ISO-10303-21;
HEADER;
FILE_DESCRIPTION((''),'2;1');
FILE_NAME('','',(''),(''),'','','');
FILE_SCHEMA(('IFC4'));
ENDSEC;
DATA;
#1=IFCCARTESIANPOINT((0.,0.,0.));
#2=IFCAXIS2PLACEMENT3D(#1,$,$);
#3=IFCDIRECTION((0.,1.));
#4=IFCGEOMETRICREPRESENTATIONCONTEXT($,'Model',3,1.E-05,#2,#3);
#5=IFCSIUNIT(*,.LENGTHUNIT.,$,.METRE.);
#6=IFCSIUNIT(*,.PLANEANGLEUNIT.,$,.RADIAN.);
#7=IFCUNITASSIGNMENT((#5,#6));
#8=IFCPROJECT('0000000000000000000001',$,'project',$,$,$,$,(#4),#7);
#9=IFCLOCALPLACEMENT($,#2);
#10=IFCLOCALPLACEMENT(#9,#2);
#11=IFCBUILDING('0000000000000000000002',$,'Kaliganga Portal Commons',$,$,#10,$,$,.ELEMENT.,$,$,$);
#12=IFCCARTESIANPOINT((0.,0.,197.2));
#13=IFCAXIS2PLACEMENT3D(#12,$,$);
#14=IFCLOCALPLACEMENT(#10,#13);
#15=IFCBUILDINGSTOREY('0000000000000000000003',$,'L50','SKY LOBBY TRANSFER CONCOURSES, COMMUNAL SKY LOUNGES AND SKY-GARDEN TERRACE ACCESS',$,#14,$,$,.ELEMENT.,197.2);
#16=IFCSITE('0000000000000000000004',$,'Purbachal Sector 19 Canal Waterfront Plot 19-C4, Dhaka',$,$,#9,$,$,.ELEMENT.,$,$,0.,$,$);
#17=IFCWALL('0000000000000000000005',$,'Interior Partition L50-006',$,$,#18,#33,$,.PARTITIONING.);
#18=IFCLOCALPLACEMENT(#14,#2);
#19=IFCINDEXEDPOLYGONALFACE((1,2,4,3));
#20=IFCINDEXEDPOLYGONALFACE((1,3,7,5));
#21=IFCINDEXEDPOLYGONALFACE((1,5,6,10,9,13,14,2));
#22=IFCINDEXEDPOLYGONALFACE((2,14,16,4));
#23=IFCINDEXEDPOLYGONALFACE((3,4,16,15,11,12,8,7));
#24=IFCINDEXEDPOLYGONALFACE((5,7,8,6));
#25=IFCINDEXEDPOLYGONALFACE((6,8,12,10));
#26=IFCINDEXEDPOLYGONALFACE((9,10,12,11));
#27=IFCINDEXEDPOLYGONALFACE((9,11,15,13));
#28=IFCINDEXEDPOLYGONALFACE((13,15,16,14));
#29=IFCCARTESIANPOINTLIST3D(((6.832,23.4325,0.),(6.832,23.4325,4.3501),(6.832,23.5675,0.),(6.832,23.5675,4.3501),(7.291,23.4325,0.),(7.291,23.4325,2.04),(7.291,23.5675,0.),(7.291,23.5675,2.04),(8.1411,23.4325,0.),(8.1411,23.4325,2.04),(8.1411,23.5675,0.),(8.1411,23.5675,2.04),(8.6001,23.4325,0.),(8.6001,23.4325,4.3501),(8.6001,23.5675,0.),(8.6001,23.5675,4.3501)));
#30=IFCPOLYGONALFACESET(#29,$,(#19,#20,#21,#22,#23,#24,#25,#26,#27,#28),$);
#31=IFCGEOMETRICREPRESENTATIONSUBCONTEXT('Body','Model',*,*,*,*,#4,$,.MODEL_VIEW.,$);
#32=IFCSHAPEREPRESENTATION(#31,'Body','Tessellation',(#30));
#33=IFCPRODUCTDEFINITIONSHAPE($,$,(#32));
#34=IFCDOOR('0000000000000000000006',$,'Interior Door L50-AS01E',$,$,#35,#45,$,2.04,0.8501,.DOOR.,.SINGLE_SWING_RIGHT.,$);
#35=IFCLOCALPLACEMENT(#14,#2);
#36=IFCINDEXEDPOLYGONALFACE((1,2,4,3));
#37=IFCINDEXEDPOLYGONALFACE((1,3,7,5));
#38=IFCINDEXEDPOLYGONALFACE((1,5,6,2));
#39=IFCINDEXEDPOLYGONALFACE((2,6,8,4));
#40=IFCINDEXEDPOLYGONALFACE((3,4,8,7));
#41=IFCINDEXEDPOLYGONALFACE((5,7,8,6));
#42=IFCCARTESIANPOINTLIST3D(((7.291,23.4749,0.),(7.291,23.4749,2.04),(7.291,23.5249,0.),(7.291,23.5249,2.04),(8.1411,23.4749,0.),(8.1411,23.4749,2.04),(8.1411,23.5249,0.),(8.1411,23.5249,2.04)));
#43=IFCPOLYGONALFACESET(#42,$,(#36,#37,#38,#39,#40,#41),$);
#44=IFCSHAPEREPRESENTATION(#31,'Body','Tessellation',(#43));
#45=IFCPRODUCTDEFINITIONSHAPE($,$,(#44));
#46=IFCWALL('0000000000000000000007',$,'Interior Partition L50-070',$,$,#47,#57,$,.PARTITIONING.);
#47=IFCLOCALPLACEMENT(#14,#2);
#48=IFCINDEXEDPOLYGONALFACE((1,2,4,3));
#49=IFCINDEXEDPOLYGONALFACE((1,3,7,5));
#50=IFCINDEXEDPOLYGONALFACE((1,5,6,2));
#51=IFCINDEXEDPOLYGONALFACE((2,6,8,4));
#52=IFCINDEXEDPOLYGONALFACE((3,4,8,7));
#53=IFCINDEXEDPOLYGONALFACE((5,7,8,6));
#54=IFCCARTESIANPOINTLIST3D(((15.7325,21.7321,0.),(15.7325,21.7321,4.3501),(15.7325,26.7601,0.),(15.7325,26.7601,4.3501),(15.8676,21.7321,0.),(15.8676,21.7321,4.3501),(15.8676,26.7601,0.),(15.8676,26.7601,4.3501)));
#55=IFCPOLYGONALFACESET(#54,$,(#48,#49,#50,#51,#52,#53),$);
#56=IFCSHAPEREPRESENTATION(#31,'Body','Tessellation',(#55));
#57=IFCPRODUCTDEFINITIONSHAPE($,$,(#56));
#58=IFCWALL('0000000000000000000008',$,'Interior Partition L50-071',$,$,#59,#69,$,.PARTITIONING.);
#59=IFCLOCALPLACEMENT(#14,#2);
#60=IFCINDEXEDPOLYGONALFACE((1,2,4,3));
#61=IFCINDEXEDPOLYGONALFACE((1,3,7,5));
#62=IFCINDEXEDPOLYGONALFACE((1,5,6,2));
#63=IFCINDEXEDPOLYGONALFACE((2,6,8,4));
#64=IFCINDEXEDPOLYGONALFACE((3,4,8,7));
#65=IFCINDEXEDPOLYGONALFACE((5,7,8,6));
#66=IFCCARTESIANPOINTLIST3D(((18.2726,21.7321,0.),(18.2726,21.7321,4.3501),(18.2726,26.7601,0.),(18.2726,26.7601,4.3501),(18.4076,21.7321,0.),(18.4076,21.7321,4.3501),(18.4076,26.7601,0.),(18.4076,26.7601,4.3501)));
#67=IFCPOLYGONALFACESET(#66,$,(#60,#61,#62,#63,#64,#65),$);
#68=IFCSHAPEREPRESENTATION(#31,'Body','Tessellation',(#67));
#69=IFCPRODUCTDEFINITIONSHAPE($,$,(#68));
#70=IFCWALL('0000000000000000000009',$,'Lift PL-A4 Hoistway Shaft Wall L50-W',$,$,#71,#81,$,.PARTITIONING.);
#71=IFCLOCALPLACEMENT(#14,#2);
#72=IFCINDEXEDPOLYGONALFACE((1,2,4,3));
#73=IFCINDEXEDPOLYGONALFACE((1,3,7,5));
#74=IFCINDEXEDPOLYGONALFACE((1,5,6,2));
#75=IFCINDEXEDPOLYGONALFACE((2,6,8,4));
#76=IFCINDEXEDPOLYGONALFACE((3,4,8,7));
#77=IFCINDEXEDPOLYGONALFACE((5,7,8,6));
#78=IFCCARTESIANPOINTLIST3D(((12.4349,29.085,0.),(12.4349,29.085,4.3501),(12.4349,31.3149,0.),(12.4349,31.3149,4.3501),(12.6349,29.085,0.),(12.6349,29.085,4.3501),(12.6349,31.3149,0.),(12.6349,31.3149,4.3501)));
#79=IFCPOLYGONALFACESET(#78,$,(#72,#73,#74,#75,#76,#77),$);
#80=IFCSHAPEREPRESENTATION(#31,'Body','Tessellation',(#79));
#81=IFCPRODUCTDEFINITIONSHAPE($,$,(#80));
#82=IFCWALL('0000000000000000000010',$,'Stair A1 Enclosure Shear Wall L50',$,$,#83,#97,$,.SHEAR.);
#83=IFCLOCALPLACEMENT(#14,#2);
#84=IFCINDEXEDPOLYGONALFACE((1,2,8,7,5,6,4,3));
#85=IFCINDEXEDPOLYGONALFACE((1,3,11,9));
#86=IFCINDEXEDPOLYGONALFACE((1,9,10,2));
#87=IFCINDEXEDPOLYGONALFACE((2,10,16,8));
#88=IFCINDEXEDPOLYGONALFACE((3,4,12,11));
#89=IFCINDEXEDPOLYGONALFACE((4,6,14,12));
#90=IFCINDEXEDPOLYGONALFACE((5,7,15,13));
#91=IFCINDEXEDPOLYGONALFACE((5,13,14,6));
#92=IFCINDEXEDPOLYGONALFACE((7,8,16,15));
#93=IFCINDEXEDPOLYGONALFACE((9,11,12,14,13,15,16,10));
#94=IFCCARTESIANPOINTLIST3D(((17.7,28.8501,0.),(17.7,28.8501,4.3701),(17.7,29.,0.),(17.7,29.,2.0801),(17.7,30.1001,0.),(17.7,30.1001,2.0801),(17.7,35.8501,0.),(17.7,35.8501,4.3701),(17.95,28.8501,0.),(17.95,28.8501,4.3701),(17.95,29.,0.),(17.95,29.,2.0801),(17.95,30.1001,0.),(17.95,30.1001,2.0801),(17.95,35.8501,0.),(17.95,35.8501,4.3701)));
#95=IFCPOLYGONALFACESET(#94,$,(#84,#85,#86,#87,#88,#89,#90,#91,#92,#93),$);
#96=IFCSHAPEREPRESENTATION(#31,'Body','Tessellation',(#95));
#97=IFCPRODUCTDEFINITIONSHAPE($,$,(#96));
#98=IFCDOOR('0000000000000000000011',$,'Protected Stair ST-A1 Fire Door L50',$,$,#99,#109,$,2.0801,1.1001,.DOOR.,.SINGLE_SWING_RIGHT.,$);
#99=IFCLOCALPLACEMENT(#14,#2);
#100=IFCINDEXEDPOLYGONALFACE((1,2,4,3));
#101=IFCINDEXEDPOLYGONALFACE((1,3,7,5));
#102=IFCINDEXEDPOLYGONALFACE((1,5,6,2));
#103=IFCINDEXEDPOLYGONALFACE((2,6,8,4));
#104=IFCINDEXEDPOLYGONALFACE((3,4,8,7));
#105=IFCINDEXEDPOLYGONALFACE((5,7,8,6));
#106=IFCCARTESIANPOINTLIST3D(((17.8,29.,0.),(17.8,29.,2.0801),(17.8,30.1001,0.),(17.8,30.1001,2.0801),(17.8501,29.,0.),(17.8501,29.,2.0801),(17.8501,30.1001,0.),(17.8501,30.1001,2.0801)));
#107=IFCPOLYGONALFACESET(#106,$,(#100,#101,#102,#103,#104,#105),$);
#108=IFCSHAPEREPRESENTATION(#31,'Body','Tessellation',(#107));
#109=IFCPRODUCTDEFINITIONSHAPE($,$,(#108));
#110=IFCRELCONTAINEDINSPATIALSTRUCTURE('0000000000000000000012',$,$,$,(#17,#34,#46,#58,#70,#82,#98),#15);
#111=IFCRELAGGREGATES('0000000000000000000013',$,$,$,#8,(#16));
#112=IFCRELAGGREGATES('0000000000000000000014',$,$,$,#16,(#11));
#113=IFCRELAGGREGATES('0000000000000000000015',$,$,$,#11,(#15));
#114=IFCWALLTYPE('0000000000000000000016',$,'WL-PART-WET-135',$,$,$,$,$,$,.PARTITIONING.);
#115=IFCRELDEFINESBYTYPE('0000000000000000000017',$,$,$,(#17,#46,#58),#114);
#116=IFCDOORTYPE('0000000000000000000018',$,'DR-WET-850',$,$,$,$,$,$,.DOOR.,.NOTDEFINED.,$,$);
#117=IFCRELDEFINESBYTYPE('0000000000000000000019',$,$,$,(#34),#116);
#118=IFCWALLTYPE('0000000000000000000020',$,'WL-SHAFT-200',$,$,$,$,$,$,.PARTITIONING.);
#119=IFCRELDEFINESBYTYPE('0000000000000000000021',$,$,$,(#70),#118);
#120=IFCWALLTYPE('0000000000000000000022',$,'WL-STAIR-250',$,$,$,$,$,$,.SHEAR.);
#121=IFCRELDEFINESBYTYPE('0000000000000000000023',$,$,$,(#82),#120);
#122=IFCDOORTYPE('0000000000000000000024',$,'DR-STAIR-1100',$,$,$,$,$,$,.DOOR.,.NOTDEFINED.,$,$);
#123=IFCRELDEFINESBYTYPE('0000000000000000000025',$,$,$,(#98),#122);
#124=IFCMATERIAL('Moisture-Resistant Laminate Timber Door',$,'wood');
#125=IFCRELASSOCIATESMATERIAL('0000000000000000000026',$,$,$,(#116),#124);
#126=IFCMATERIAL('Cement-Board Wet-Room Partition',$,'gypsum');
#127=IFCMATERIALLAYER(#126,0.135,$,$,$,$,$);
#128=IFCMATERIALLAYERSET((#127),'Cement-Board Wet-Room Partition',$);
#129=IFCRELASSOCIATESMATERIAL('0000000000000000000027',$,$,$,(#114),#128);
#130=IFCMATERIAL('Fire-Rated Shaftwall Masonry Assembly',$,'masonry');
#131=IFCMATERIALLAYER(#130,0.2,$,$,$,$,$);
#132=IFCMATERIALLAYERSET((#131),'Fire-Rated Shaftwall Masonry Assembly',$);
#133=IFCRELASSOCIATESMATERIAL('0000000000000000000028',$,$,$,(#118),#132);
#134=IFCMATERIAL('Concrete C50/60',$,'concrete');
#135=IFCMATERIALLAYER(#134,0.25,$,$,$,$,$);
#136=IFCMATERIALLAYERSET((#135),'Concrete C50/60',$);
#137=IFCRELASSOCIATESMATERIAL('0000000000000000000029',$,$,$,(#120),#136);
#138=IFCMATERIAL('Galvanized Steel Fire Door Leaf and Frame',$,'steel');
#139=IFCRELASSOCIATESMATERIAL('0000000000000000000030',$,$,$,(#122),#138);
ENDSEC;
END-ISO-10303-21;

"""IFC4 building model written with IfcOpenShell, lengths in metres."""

from ifc_helpers import new_model, si_unit, direction, frame, frame_2d, origin, place, context, subcontext, project, spatial, rectangle, extrude, material, layer, layer_set, type_object, element, fill, save


model = new_model("IFC4")

# Units and contexts
model_context = context("Model", 3, precision=1e-05, world=origin(), true_north=direction((0.0, 1.0)))
body_context = subcontext(model_context, "Body", "Model", "MODEL_VIEW")
ifc_project = project(units=[si_unit("LENGTHUNIT", "METRE"), si_unit("PLANEANGLEUNIT", "RADIAN")], contexts=[model_context])

# Site, building, storey
site_placement = place(None, origin())
site = spatial("IfcSite", under=ifc_project, at=site_placement, Name="Purbachal Sector 19 Canal Waterfront Plot 19-C4, Dhaka", CompositionType="ELEMENT", RefElevation=0.0)
building_placement = place(site_placement, origin())
building = spatial("IfcBuilding", under=site, at=building_placement, Name="Kaliganga Portal Commons", CompositionType="ELEMENT")
storey_placement = place(building_placement, frame((0.0, 0.0, 197.2)))
storey = spatial("IfcBuildingStorey", under=building, at=storey_placement, Name="L50", Description="SKY LOBBY TRANSFER CONCOURSES, COMMUNAL SKY LOUNGES AND SKY-GARDEN TERRACE ACCESS", CompositionType="ELEMENT", Elevation=197.2)

# Shared definitions
ifc_material_1 = material(Name="Concrete C50/60", Category="concrete")

# Shared definitions
ifc_material_2 = material(Name="Moisture-Resistant Laminate Timber Door", Category="wood")
door_type_1 = type_object("IfcDoorType", Name="DR-WET-850", OperationType="NOTDEFINED", PredefinedType="DOOR", material=ifc_material_2)

# Wall, opening, door
ifc_material_3 = material(Name="Cement-Board Wet-Room Partition", Category="gypsum")
ifc_layer_1 = layer(ifc_material_3, 0.135)
ifc_layer_set_1 = layer_set([ifc_layer_1], Name="Cement-Board Wet-Room Partition")
wall_type_1 = type_object("IfcWallType", Name="WL-PART-WET-135", PredefinedType="PARTITIONING", material=ifc_layer_set_1)
wall_1_placement = place(storey_placement, frame((6.832, 23.5, 0.0), z_axis=(0.0, 0.0, 1.0), x_axis=(1.0, 0.0, 0.0)))
wall_1 = element("IfcWall", 1, at=wall_1_placement, inside=storey, type_object=wall_type_1, Name="Interior Partition L50-006", PredefinedType="PARTITIONING", context=body_context, shape_type="SweptSolid", body=[
    extrude(rectangle(XDim=1.7681, YDim=0.135, at=frame_2d((0.884, 0.0))), origin(), (0.0, 0.0, 1.0), 4.3501),
])
opening_1_placement = place(wall_1_placement, frame((0.459, 0.0, 0.0)))
opening_1 = element("IfcOpeningElement", 2, at=opening_1_placement, cuts=wall_1, PredefinedType="OPENING", context=body_context, shape_type="SweptSolid", body=[
    extrude(rectangle(XDim=0.8501, YDim=2.04, at=frame_2d((0.425, 1.02))), frame((0.0, 0.0776, 0.0), z_axis=(0.0, -1.0, 0.0), x_axis=(1.0, 0.0, 0.0)), (0.0, 0.0, 1.0), 0.155),
])
door_1_placement = place(opening_1_placement, origin())
door_1 = element("IfcDoor", 3, at=door_1_placement, inside=storey, type_object=door_type_1, Name="Interior Door L50-AS01E", OperationType="SINGLE_SWING_RIGHT", OverallHeight=2.04, OverallWidth=0.8501, PredefinedType="DOOR", context=body_context, shape_type="SweptSolid", body=[
    extrude(rectangle(XDim=0.8501, YDim=2.04, at=frame_2d((0.425, 1.02))), frame((0.0, 0.0249, 0.0), z_axis=(0.0, -1.0, 0.0), x_axis=(1.0, 0.0, 0.0)), (0.0, 0.0, 1.0), 0.05),
])
fill(opening_1, door_1)

# Walls
for number, where, z_axis, x_axis, name in (
    (4, (15.8, 21.7319, 0.0), (0.0, 0.0, 1.0), (0.0, 1.0, 0.0), "Interior Partition L50-070"),
    (5, (18.3401, 21.7319, 0.0), (0.0, 0.0, 1.0), (0.0, 1.0, 0.0), "Interior Partition L50-071"),
):
    element("IfcWall", number, at=place(storey_placement, frame(where, z_axis=z_axis, x_axis=x_axis)), inside=storey, type_object=wall_type_1, Name=name, PredefinedType="PARTITIONING", context=body_context, shape_type="SweptSolid", body=[
        extrude(rectangle(XDim=5.0281, YDim=0.135, at=frame_2d((2.5142, 0.0))), origin(), (0.0, 0.0, 1.0), 4.3501),
    ])
ifc_material_4 = material(Name="Fire-Rated Shaftwall Masonry Assembly", Category="masonry")
ifc_layer_2 = layer(ifc_material_4, 0.2)
ifc_layer_set_2 = layer_set([ifc_layer_2], Name="Fire-Rated Shaftwall Masonry Assembly")
wall_type_2 = type_object("IfcWallType", Name="WL-SHAFT-200", PredefinedType="PARTITIONING", material=ifc_layer_set_2)
wall_2_placement = place(storey_placement, frame((12.5349, 29.085, 0.0), z_axis=(0.0, 0.0, 1.0), x_axis=(0.0, 1.0, 0.0)))
element("IfcWall", 6, at=wall_2_placement, inside=storey, type_object=wall_type_2, Name="Lift PL-A4 Hoistway Shaft Wall L50-W", PredefinedType="PARTITIONING", context=body_context, shape_type="SweptSolid", body=[
    extrude(rectangle(XDim=2.23, YDim=0.2, at=frame_2d((1.115, 0.0))), origin(), (0.0, 0.0, 1.0), 4.3501),
])

# Wall, opening, door
ifc_layer_3 = layer(ifc_material_1, 0.25)
ifc_layer_set_3 = layer_set([ifc_layer_3], Name="Concrete C50/60")
wall_type_3 = type_object("IfcWallType", Name="WL-STAIR-250", PredefinedType="SHEAR", material=ifc_layer_set_3)
wall_3_placement = place(storey_placement, frame((17.825, 28.8501, 0.0), z_axis=(0.0, 0.0, 1.0), x_axis=(0.0, 1.0, 0.0)))
wall_3 = element("IfcWall", 7, at=wall_3_placement, inside=storey, type_object=wall_type_3, Name="Stair A1 Enclosure Shear Wall L50", PredefinedType="SHEAR", context=body_context, shape_type="SweptSolid", body=[
    extrude(rectangle(XDim=7.0, YDim=0.25, at=frame_2d((3.5, 0.0))), origin(), (0.0, 0.0, 1.0), 4.3701),
])
opening_2_placement = place(wall_3_placement, frame((0.1499, 0.0, 0.0)))
opening_2 = element("IfcOpeningElement", 8, at=opening_2_placement, cuts=wall_3, PredefinedType="OPENING", context=body_context, shape_type="SweptSolid", body=[
    extrude(rectangle(XDim=1.1001, YDim=2.0801, at=frame_2d((0.55, 1.04))), frame((0.0, 0.135, 0.0), z_axis=(0.0, -1.0, 0.0), x_axis=(1.0, 0.0, 0.0)), (0.0, 0.0, 1.0), 0.27),
])
ifc_material_5 = material(Name="Galvanized Steel Fire Door Leaf and Frame", Category="steel")
door_type_2 = type_object("IfcDoorType", Name="DR-STAIR-1100", OperationType="NOTDEFINED", PredefinedType="DOOR", material=ifc_material_5)
door_2_placement = place(opening_2_placement, origin())
door_2 = element("IfcDoor", 9, at=door_2_placement, inside=storey, type_object=door_type_2, Name="Protected Stair ST-A1 Fire Door L50", OperationType="SINGLE_SWING_RIGHT", OverallHeight=2.0801, OverallWidth=1.1001, PredefinedType="DOOR", context=body_context, shape_type="SweptSolid", body=[
    extrude(rectangle(XDim=1.1001, YDim=2.0801, at=frame_2d((0.55, 1.04))), frame((0.0, 0.0249, 0.0), z_axis=(0.0, -1.0, 0.0), x_axis=(1.0, 0.0, 0.0)), (0.0, 0.0, 1.0), 0.05),
])
fill(opening_2, door_2)

save(model, "model.ifc")
